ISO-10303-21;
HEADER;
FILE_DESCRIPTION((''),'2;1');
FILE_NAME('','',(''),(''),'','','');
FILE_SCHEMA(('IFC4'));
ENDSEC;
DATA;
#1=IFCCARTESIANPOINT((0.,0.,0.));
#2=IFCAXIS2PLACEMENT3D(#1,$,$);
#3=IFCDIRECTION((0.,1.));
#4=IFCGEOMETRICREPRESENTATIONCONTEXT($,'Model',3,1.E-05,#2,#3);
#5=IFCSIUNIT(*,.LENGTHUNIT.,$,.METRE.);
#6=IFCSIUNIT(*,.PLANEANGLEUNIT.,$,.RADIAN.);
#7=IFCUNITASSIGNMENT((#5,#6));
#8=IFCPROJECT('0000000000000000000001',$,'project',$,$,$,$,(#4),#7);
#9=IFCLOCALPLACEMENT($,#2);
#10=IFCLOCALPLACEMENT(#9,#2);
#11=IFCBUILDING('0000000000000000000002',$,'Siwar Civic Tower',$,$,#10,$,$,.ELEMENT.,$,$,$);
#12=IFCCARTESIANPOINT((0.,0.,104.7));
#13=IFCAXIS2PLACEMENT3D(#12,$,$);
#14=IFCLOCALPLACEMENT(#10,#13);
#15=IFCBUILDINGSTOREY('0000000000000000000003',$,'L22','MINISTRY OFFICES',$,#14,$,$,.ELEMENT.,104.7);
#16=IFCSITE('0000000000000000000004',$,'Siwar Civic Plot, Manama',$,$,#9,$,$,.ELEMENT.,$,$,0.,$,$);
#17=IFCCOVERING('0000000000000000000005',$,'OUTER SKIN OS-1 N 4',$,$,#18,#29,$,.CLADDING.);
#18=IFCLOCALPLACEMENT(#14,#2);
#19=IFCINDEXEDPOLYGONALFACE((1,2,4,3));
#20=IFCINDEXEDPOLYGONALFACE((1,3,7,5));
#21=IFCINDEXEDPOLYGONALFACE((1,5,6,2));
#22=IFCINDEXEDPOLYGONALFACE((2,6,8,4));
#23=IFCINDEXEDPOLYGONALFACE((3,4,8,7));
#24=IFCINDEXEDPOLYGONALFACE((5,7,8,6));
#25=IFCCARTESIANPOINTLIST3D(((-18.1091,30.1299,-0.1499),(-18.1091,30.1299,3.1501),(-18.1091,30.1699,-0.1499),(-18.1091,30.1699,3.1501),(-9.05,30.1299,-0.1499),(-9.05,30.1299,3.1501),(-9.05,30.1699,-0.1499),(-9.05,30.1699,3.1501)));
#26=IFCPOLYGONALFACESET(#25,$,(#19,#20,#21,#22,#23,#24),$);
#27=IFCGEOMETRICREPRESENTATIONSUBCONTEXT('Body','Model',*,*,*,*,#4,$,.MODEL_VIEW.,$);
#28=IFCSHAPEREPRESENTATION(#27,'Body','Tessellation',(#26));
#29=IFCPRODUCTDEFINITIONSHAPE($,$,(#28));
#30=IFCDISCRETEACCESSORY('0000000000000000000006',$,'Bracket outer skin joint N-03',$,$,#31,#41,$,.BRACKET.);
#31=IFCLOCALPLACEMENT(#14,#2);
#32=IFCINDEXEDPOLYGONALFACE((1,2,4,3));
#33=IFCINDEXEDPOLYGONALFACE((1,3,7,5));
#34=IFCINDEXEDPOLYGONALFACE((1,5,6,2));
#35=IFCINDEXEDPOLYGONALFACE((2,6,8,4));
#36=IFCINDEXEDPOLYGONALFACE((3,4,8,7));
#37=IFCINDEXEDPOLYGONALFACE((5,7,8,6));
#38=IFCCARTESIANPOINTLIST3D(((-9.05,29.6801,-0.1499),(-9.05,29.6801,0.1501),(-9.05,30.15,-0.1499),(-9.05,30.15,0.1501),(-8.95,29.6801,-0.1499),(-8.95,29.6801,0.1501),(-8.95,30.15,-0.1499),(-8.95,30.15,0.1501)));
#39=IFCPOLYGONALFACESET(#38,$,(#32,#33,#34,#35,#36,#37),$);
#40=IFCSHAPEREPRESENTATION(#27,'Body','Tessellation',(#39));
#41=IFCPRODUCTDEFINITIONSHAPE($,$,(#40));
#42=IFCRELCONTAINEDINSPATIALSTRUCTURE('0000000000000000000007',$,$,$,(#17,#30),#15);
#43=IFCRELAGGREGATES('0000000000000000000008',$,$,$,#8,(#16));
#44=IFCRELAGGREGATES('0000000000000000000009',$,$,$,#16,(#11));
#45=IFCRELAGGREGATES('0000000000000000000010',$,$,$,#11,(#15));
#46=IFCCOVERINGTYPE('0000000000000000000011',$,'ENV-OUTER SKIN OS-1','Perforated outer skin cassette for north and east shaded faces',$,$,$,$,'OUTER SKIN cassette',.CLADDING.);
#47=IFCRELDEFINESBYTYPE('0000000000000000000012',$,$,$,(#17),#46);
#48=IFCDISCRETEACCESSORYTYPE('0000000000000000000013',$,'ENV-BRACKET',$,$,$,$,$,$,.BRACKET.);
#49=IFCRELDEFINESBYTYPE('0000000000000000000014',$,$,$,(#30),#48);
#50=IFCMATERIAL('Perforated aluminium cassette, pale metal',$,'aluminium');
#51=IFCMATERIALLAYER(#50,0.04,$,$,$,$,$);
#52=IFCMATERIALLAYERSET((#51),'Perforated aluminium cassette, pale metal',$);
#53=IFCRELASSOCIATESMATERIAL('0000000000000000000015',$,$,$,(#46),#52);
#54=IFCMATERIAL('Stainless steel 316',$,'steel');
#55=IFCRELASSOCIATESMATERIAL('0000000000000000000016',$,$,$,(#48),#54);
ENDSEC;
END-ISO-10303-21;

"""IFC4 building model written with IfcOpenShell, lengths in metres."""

from ifc_helpers import new_model, si_unit, direction, frame, origin, origin_2d, place, context, subcontext, project, spatial, rectangle, extrude, material, layer, layer_set, type_object, element, save


model = new_model("IFC4")

# Units and contexts
model_context = context("Model", 3, precision=1e-05, world=origin(), true_north=direction((0.0, 1.0)))
body_context = subcontext(model_context, "Body", "Model", "MODEL_VIEW")
ifc_project = project(units=[si_unit("LENGTHUNIT", "METRE"), si_unit("PLANEANGLEUNIT", "RADIAN")], contexts=[model_context])

# Site, building, storey
site_placement = place(None, origin())
site = spatial("IfcSite", under=ifc_project, at=site_placement, Name="Siwar Civic Plot, Manama", CompositionType="ELEMENT", RefElevation=0.0)
building_placement = place(site_placement, origin())
building = spatial("IfcBuilding", under=site, at=building_placement, Name="Siwar Civic Tower", CompositionType="ELEMENT")
storey_placement = place(building_placement, frame((0.0, 0.0, 104.7)))
storey = spatial("IfcBuildingStorey", under=building, at=storey_placement, Name="L22", Description="MINISTRY OFFICES", CompositionType="ELEMENT", Elevation=104.7)

# Covering
ifc_material_1 = material(Name="Perforated aluminium cassette, pale metal", Category="aluminium")
ifc_layer_1 = layer(ifc_material_1, 0.04)
ifc_layer_set_1 = layer_set([ifc_layer_1], Name="Perforated aluminium cassette, pale metal")
covering_type = type_object("IfcCoveringType", Name="ENV-OUTER SKIN OS-1", Description="Perforated outer skin cassette for north and east shaded faces", ElementType="OUTER SKIN cassette", PredefinedType="CLADDING", material=ifc_layer_set_1)
covering_1_placement = place(storey_placement, frame((-13.5796, 30.1499, -0.1499), z_axis=(0.0, 0.0, 1.0), x_axis=(-1.0, 0.0, 0.0)))
element("IfcCovering", 1, at=covering_1_placement, inside=storey, type_object=covering_type, Name="OUTER SKIN OS-1 N 4", PredefinedType="CLADDING", context=body_context, shape_type="SweptSolid", body=[
    extrude(rectangle(XDim=9.0591, YDim=0.04, at=origin_2d()), origin(), (0.0, 0.0, 1.0), 3.3),
])

# Discrete accessory
ifc_material_2 = material(Name="Stainless steel 316", Category="steel")
discrete_accessory_type = type_object("IfcDiscreteAccessoryType", Name="ENV-BRACKET", PredefinedType="BRACKET", material=ifc_material_2)
discrete_accessory_placement = place(storey_placement, frame((-9.0, 29.915, -0.1499), z_axis=(0.0, 0.0, 1.0), x_axis=(0.0, 1.0, 0.0)))
element("IfcDiscreteAccessory", 2, at=discrete_accessory_placement, inside=storey, type_object=discrete_accessory_type, Name="Bracket outer skin joint N-03", PredefinedType="BRACKET", context=body_context, shape_type="SweptSolid", body=[
    extrude(rectangle(XDim=0.47, YDim=0.1001, at=origin_2d()), origin(), (0.0, 0.0, 1.0), 0.3),
])

save(model, "model.ifc")
